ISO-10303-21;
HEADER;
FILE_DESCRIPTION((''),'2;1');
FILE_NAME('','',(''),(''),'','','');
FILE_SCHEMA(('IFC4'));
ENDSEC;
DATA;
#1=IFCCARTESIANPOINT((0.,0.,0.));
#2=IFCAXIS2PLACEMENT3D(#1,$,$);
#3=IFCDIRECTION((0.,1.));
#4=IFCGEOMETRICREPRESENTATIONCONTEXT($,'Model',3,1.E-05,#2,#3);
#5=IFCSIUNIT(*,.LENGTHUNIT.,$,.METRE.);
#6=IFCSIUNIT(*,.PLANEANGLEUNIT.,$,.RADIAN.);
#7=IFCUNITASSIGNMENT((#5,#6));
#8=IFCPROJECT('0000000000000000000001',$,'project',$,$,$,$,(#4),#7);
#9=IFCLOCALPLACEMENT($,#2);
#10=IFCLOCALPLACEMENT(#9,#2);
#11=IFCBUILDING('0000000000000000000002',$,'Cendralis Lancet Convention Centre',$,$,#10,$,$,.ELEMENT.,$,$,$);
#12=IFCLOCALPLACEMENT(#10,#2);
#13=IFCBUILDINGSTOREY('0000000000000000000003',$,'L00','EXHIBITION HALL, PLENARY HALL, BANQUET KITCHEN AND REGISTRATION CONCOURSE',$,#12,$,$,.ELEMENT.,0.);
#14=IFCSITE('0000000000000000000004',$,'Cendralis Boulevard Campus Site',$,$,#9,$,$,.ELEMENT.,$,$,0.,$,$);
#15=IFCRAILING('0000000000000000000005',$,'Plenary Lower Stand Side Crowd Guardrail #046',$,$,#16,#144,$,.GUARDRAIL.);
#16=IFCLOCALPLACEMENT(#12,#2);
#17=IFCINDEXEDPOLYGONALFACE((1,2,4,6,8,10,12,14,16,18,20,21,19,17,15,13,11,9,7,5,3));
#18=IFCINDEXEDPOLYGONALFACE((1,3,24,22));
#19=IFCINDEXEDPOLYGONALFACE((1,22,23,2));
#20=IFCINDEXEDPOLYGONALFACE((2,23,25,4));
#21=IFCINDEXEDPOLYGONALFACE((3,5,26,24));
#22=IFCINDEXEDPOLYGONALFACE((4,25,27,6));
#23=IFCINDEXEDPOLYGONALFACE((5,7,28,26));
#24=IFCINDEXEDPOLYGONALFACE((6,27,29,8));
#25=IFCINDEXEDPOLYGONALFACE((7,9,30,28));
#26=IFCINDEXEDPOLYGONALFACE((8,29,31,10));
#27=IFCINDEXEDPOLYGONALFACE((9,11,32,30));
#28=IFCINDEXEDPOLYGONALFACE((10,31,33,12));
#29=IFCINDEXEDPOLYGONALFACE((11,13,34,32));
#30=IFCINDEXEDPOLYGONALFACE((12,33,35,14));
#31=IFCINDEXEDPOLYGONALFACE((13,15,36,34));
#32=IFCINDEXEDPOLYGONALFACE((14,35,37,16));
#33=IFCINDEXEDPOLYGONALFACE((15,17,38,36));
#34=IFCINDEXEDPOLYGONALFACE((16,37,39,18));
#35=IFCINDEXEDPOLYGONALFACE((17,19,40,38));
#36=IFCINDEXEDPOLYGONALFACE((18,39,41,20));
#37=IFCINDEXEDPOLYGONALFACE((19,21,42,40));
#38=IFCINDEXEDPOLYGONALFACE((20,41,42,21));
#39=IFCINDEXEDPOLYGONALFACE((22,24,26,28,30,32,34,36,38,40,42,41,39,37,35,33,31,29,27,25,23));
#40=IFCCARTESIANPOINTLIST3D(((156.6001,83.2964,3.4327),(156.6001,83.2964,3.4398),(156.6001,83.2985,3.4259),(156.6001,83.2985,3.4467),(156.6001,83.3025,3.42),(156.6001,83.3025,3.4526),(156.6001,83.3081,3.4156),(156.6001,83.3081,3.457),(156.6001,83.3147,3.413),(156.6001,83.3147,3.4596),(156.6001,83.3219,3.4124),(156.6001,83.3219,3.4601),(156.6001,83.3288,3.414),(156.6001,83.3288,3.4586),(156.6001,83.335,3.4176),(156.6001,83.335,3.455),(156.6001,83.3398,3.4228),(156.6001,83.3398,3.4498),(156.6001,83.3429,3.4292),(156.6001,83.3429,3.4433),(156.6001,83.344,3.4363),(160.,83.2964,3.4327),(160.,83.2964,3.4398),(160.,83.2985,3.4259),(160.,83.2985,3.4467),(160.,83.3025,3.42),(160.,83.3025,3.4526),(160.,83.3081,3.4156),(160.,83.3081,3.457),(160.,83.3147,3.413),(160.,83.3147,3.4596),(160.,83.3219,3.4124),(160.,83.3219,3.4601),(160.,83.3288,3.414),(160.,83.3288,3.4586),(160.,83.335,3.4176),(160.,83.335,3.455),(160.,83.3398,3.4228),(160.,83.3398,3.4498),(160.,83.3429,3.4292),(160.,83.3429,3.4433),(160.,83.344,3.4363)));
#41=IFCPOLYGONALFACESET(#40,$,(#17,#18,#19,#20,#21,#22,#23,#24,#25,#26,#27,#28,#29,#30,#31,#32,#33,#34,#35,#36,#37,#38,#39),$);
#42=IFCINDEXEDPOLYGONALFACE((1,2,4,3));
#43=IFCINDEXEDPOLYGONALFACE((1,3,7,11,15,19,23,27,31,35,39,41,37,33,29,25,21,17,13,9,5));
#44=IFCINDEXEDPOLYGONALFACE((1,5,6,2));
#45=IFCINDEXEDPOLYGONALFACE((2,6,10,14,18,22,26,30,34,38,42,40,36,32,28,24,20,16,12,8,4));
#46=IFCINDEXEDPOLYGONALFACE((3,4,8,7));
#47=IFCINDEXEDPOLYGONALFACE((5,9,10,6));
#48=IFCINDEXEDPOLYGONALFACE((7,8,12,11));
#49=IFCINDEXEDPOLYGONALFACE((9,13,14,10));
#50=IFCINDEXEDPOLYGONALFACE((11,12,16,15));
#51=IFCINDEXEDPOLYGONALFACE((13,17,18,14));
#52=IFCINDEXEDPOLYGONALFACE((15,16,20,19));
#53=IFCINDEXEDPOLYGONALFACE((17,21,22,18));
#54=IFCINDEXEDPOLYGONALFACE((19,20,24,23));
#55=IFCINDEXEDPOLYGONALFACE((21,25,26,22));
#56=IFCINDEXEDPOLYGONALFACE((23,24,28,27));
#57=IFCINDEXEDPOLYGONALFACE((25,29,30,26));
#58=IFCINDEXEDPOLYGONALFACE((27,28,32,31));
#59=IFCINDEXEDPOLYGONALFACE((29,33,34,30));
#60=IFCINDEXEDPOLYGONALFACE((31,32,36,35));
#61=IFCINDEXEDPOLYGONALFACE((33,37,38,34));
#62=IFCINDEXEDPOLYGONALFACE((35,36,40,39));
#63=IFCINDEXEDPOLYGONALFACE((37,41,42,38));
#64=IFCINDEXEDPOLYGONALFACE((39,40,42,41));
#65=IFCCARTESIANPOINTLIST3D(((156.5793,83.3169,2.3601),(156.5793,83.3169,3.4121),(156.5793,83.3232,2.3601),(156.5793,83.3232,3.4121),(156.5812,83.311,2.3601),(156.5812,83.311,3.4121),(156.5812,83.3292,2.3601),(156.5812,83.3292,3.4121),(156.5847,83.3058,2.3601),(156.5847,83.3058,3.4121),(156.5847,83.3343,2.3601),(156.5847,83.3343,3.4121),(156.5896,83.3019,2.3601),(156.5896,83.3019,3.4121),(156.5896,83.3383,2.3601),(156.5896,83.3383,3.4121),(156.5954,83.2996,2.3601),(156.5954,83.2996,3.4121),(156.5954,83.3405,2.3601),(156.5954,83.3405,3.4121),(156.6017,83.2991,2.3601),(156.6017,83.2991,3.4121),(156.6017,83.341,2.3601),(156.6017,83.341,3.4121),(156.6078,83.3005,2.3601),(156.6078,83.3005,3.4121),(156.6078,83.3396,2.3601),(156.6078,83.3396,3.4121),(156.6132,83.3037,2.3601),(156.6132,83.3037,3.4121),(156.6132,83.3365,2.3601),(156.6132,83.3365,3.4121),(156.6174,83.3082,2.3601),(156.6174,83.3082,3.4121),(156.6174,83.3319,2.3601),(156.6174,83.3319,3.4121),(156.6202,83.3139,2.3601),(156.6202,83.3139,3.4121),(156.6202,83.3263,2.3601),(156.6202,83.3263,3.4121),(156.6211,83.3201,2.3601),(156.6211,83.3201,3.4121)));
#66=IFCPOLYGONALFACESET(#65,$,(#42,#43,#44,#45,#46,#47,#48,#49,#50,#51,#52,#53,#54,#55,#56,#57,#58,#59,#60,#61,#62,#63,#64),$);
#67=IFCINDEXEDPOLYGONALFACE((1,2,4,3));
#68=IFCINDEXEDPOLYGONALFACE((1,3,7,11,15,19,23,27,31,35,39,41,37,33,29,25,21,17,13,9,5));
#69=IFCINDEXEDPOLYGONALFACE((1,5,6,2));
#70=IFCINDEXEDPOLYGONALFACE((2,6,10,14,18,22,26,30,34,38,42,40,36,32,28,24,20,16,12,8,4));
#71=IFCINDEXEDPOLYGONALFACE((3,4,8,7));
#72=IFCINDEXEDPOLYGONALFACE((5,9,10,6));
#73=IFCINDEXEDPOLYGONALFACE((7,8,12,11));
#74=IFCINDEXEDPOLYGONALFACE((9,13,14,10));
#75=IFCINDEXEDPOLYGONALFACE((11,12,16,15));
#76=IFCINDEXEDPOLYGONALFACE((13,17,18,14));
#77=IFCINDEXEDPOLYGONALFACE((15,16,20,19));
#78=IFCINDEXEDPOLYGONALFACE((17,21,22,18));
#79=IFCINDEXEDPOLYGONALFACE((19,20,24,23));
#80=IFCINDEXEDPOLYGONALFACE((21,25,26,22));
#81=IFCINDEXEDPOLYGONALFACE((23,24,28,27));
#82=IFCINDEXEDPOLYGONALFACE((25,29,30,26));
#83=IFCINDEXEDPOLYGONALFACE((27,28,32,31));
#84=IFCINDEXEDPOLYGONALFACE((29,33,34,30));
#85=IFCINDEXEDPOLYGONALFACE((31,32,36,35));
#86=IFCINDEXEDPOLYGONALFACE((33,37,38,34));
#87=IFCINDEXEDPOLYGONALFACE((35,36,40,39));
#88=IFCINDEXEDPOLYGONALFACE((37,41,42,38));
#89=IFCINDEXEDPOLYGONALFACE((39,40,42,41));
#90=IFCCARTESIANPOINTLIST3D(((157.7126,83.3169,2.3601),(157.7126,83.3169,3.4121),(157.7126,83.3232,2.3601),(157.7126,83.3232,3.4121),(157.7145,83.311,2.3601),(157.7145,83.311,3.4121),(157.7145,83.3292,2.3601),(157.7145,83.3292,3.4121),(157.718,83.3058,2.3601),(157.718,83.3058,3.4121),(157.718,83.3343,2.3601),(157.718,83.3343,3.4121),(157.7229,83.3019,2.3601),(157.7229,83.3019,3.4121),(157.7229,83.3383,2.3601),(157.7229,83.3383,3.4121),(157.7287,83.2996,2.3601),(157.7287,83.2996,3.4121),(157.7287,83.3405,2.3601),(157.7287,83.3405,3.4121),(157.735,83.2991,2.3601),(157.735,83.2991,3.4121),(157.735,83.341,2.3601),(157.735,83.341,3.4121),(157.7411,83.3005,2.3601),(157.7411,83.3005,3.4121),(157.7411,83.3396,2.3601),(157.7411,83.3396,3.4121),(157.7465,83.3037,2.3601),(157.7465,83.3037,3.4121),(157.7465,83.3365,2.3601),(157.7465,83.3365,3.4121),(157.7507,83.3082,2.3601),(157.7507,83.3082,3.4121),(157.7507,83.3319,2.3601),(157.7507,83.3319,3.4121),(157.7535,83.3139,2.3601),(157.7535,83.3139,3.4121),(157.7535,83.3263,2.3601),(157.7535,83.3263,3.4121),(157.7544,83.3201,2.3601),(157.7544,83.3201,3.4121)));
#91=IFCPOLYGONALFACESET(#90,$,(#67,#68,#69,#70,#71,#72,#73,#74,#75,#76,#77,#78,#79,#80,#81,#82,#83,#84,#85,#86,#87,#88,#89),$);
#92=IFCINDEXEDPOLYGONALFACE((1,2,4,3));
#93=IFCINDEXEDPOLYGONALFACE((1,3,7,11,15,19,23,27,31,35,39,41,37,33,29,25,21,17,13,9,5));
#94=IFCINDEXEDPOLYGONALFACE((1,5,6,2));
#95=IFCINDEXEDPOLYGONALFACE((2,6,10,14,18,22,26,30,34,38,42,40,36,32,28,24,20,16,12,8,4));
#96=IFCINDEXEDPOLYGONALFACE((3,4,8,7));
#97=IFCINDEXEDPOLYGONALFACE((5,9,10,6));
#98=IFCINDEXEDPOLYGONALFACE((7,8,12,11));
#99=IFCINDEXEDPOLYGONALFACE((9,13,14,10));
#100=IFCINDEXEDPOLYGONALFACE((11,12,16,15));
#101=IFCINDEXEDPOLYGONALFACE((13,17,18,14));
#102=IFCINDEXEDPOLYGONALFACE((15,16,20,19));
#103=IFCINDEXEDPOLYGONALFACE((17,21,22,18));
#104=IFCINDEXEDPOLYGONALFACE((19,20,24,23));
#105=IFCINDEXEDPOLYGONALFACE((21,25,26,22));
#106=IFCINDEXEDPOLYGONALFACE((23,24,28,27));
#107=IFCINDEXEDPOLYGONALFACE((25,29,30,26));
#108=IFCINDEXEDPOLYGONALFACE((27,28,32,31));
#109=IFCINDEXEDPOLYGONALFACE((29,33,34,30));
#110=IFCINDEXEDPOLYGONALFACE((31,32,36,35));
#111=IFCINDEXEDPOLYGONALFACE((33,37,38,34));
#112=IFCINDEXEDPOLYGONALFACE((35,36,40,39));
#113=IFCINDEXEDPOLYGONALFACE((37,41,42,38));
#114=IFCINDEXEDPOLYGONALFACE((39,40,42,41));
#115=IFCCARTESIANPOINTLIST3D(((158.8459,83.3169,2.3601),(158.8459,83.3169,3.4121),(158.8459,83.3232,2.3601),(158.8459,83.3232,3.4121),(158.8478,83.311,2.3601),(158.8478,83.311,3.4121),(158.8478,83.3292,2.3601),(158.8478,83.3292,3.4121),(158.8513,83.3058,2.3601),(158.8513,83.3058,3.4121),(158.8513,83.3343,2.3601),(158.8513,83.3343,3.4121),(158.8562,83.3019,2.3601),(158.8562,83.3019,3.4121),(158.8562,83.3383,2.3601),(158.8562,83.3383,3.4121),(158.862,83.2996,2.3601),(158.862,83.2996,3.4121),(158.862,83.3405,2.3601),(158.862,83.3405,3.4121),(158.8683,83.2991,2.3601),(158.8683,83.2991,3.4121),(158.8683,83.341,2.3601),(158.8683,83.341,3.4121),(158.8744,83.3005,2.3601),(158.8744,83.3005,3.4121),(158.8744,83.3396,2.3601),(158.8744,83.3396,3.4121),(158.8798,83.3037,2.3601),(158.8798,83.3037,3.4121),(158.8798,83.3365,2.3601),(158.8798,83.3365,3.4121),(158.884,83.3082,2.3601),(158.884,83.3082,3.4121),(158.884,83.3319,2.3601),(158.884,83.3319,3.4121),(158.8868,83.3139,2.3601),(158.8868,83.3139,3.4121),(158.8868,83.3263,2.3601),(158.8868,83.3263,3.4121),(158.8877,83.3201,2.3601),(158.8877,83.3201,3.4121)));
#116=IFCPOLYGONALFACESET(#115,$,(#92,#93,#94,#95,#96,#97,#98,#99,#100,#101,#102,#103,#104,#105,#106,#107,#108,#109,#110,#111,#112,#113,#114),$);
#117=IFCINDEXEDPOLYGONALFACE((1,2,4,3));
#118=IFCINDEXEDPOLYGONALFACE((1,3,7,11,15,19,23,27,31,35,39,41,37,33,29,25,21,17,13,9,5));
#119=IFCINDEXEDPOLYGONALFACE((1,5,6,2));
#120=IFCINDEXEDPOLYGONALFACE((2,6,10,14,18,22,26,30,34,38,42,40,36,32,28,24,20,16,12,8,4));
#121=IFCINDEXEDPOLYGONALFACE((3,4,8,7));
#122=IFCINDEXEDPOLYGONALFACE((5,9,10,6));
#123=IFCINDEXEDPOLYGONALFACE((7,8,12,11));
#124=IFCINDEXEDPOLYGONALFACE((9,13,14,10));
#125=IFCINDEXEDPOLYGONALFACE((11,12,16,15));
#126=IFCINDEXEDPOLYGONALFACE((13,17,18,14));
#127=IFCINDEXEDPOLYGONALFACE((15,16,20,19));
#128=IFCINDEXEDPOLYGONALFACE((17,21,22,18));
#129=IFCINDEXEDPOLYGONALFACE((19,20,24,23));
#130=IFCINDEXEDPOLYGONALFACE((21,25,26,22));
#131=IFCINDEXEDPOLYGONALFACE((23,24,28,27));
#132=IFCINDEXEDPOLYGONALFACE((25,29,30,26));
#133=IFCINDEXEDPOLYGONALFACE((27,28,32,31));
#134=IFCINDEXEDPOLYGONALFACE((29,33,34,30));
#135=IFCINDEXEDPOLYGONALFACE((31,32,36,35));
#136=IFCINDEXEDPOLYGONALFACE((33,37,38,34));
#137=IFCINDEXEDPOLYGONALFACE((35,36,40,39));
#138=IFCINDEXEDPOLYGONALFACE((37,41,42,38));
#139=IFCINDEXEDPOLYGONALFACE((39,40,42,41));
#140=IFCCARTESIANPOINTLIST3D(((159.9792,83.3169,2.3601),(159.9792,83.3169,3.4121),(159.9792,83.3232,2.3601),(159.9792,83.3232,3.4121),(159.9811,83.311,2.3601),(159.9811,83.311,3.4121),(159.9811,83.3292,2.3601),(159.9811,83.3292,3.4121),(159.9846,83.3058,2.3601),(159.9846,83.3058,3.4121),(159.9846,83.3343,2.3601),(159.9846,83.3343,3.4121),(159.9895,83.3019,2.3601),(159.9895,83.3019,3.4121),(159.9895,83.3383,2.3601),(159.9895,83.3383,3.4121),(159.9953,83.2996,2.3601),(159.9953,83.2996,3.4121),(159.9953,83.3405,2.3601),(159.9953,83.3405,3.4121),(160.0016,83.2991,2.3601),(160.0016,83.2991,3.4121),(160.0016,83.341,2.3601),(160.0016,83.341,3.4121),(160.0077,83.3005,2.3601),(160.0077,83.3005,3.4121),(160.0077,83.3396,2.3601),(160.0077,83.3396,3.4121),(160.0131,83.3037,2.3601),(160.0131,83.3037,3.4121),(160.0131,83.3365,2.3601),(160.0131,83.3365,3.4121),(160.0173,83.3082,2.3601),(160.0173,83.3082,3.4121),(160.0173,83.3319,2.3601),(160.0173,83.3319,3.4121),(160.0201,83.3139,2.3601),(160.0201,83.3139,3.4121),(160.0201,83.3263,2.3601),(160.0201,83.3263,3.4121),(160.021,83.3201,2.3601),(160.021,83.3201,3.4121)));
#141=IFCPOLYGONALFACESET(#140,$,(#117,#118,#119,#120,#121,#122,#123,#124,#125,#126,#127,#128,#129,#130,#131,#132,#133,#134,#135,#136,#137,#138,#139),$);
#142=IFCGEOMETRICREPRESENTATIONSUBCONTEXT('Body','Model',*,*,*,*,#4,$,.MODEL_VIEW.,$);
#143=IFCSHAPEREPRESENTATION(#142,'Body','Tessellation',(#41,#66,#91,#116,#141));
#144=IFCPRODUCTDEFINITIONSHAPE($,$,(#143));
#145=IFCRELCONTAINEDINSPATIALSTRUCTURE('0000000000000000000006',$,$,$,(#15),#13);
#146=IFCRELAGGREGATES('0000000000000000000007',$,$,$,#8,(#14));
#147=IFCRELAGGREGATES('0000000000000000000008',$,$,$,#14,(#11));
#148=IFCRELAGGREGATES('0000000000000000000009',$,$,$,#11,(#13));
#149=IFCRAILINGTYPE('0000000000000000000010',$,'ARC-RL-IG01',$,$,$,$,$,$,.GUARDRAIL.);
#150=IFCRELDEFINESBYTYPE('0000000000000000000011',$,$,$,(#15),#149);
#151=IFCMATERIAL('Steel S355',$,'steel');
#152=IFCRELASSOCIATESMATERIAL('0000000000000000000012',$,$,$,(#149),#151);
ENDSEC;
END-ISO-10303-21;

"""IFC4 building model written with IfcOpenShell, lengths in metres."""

from ifc_helpers import new_model, si_unit, direction, frame, origin, origin_2d, place, context, subcontext, project, spatial, circle, extrude, material, type_object, element, save


model = new_model("IFC4")

# Units and contexts
model_context = context("Model", 3, precision=1e-05, world=origin(), true_north=direction((0.0, 1.0)))
body_context = subcontext(model_context, "Body", "Model", "MODEL_VIEW")
ifc_project = project(units=[si_unit("LENGTHUNIT", "METRE"), si_unit("PLANEANGLEUNIT", "RADIAN")], contexts=[model_context])

# Site, building, storey
site_placement = place(None, origin())
site = spatial("IfcSite", under=ifc_project, at=site_placement, Name="Cendralis Boulevard Campus Site", CompositionType="ELEMENT", RefElevation=0.0)
building_placement = place(site_placement, origin())
building = spatial("IfcBuilding", under=site, at=building_placement, Name="Cendralis Lancet Convention Centre", CompositionType="ELEMENT")
storey_placement = place(building_placement, origin())
storey = spatial("IfcBuildingStorey", under=building, at=storey_placement, Name="L00", Description="EXHIBITION HALL, PLENARY HALL, BANQUET KITCHEN AND REGISTRATION CONCOURSE", CompositionType="ELEMENT", Elevation=0.0)

# Railing
ifc_material_1 = material(Name="Steel S355", Category="steel")
railing_type = type_object("IfcRailingType", Name="ARC-RL-IG01", PredefinedType="GUARDRAIL", material=ifc_material_1)
for number, where, name in (
    (1, (156.6001, 83.3201, 2.3601), "Plenary Lower Stand Side Crowd Guardrail #046"),
):
    element("IfcRailing", number, at=place(storey_placement, frame(where)), inside=storey, type_object=railing_type, Name=name, PredefinedType="GUARDRAIL", context=body_context, shape_type="SweptSolid", body=[
        extrude(circle(Radius=0.0239, at=origin_2d()), frame((0.0, 0.0, 1.0762), z_axis=(1.0, 0.0, 0.0), x_axis=(0.0, 1.0, 0.0)), (0.0, 0.0, 1.0), 3.3999),
        extrude(circle(Radius=0.021, at=origin_2d()), origin(), (0.0, 0.0, 1.0), 1.052),
        extrude(circle(Radius=0.021, at=origin_2d()), frame((1.1333, 0.0, 0.0)), (0.0, 0.0, 1.0), 1.052),
        extrude(circle(Radius=0.021, at=origin_2d()), frame((2.2666, 0.0, 0.0)), (0.0, 0.0, 1.0), 1.052),
        extrude(circle(Radius=0.021, at=origin_2d()), frame((3.3999, 0.0, 0.0)), (0.0, 0.0, 1.0), 1.052),
    ])

save(model, "model.ifc")
